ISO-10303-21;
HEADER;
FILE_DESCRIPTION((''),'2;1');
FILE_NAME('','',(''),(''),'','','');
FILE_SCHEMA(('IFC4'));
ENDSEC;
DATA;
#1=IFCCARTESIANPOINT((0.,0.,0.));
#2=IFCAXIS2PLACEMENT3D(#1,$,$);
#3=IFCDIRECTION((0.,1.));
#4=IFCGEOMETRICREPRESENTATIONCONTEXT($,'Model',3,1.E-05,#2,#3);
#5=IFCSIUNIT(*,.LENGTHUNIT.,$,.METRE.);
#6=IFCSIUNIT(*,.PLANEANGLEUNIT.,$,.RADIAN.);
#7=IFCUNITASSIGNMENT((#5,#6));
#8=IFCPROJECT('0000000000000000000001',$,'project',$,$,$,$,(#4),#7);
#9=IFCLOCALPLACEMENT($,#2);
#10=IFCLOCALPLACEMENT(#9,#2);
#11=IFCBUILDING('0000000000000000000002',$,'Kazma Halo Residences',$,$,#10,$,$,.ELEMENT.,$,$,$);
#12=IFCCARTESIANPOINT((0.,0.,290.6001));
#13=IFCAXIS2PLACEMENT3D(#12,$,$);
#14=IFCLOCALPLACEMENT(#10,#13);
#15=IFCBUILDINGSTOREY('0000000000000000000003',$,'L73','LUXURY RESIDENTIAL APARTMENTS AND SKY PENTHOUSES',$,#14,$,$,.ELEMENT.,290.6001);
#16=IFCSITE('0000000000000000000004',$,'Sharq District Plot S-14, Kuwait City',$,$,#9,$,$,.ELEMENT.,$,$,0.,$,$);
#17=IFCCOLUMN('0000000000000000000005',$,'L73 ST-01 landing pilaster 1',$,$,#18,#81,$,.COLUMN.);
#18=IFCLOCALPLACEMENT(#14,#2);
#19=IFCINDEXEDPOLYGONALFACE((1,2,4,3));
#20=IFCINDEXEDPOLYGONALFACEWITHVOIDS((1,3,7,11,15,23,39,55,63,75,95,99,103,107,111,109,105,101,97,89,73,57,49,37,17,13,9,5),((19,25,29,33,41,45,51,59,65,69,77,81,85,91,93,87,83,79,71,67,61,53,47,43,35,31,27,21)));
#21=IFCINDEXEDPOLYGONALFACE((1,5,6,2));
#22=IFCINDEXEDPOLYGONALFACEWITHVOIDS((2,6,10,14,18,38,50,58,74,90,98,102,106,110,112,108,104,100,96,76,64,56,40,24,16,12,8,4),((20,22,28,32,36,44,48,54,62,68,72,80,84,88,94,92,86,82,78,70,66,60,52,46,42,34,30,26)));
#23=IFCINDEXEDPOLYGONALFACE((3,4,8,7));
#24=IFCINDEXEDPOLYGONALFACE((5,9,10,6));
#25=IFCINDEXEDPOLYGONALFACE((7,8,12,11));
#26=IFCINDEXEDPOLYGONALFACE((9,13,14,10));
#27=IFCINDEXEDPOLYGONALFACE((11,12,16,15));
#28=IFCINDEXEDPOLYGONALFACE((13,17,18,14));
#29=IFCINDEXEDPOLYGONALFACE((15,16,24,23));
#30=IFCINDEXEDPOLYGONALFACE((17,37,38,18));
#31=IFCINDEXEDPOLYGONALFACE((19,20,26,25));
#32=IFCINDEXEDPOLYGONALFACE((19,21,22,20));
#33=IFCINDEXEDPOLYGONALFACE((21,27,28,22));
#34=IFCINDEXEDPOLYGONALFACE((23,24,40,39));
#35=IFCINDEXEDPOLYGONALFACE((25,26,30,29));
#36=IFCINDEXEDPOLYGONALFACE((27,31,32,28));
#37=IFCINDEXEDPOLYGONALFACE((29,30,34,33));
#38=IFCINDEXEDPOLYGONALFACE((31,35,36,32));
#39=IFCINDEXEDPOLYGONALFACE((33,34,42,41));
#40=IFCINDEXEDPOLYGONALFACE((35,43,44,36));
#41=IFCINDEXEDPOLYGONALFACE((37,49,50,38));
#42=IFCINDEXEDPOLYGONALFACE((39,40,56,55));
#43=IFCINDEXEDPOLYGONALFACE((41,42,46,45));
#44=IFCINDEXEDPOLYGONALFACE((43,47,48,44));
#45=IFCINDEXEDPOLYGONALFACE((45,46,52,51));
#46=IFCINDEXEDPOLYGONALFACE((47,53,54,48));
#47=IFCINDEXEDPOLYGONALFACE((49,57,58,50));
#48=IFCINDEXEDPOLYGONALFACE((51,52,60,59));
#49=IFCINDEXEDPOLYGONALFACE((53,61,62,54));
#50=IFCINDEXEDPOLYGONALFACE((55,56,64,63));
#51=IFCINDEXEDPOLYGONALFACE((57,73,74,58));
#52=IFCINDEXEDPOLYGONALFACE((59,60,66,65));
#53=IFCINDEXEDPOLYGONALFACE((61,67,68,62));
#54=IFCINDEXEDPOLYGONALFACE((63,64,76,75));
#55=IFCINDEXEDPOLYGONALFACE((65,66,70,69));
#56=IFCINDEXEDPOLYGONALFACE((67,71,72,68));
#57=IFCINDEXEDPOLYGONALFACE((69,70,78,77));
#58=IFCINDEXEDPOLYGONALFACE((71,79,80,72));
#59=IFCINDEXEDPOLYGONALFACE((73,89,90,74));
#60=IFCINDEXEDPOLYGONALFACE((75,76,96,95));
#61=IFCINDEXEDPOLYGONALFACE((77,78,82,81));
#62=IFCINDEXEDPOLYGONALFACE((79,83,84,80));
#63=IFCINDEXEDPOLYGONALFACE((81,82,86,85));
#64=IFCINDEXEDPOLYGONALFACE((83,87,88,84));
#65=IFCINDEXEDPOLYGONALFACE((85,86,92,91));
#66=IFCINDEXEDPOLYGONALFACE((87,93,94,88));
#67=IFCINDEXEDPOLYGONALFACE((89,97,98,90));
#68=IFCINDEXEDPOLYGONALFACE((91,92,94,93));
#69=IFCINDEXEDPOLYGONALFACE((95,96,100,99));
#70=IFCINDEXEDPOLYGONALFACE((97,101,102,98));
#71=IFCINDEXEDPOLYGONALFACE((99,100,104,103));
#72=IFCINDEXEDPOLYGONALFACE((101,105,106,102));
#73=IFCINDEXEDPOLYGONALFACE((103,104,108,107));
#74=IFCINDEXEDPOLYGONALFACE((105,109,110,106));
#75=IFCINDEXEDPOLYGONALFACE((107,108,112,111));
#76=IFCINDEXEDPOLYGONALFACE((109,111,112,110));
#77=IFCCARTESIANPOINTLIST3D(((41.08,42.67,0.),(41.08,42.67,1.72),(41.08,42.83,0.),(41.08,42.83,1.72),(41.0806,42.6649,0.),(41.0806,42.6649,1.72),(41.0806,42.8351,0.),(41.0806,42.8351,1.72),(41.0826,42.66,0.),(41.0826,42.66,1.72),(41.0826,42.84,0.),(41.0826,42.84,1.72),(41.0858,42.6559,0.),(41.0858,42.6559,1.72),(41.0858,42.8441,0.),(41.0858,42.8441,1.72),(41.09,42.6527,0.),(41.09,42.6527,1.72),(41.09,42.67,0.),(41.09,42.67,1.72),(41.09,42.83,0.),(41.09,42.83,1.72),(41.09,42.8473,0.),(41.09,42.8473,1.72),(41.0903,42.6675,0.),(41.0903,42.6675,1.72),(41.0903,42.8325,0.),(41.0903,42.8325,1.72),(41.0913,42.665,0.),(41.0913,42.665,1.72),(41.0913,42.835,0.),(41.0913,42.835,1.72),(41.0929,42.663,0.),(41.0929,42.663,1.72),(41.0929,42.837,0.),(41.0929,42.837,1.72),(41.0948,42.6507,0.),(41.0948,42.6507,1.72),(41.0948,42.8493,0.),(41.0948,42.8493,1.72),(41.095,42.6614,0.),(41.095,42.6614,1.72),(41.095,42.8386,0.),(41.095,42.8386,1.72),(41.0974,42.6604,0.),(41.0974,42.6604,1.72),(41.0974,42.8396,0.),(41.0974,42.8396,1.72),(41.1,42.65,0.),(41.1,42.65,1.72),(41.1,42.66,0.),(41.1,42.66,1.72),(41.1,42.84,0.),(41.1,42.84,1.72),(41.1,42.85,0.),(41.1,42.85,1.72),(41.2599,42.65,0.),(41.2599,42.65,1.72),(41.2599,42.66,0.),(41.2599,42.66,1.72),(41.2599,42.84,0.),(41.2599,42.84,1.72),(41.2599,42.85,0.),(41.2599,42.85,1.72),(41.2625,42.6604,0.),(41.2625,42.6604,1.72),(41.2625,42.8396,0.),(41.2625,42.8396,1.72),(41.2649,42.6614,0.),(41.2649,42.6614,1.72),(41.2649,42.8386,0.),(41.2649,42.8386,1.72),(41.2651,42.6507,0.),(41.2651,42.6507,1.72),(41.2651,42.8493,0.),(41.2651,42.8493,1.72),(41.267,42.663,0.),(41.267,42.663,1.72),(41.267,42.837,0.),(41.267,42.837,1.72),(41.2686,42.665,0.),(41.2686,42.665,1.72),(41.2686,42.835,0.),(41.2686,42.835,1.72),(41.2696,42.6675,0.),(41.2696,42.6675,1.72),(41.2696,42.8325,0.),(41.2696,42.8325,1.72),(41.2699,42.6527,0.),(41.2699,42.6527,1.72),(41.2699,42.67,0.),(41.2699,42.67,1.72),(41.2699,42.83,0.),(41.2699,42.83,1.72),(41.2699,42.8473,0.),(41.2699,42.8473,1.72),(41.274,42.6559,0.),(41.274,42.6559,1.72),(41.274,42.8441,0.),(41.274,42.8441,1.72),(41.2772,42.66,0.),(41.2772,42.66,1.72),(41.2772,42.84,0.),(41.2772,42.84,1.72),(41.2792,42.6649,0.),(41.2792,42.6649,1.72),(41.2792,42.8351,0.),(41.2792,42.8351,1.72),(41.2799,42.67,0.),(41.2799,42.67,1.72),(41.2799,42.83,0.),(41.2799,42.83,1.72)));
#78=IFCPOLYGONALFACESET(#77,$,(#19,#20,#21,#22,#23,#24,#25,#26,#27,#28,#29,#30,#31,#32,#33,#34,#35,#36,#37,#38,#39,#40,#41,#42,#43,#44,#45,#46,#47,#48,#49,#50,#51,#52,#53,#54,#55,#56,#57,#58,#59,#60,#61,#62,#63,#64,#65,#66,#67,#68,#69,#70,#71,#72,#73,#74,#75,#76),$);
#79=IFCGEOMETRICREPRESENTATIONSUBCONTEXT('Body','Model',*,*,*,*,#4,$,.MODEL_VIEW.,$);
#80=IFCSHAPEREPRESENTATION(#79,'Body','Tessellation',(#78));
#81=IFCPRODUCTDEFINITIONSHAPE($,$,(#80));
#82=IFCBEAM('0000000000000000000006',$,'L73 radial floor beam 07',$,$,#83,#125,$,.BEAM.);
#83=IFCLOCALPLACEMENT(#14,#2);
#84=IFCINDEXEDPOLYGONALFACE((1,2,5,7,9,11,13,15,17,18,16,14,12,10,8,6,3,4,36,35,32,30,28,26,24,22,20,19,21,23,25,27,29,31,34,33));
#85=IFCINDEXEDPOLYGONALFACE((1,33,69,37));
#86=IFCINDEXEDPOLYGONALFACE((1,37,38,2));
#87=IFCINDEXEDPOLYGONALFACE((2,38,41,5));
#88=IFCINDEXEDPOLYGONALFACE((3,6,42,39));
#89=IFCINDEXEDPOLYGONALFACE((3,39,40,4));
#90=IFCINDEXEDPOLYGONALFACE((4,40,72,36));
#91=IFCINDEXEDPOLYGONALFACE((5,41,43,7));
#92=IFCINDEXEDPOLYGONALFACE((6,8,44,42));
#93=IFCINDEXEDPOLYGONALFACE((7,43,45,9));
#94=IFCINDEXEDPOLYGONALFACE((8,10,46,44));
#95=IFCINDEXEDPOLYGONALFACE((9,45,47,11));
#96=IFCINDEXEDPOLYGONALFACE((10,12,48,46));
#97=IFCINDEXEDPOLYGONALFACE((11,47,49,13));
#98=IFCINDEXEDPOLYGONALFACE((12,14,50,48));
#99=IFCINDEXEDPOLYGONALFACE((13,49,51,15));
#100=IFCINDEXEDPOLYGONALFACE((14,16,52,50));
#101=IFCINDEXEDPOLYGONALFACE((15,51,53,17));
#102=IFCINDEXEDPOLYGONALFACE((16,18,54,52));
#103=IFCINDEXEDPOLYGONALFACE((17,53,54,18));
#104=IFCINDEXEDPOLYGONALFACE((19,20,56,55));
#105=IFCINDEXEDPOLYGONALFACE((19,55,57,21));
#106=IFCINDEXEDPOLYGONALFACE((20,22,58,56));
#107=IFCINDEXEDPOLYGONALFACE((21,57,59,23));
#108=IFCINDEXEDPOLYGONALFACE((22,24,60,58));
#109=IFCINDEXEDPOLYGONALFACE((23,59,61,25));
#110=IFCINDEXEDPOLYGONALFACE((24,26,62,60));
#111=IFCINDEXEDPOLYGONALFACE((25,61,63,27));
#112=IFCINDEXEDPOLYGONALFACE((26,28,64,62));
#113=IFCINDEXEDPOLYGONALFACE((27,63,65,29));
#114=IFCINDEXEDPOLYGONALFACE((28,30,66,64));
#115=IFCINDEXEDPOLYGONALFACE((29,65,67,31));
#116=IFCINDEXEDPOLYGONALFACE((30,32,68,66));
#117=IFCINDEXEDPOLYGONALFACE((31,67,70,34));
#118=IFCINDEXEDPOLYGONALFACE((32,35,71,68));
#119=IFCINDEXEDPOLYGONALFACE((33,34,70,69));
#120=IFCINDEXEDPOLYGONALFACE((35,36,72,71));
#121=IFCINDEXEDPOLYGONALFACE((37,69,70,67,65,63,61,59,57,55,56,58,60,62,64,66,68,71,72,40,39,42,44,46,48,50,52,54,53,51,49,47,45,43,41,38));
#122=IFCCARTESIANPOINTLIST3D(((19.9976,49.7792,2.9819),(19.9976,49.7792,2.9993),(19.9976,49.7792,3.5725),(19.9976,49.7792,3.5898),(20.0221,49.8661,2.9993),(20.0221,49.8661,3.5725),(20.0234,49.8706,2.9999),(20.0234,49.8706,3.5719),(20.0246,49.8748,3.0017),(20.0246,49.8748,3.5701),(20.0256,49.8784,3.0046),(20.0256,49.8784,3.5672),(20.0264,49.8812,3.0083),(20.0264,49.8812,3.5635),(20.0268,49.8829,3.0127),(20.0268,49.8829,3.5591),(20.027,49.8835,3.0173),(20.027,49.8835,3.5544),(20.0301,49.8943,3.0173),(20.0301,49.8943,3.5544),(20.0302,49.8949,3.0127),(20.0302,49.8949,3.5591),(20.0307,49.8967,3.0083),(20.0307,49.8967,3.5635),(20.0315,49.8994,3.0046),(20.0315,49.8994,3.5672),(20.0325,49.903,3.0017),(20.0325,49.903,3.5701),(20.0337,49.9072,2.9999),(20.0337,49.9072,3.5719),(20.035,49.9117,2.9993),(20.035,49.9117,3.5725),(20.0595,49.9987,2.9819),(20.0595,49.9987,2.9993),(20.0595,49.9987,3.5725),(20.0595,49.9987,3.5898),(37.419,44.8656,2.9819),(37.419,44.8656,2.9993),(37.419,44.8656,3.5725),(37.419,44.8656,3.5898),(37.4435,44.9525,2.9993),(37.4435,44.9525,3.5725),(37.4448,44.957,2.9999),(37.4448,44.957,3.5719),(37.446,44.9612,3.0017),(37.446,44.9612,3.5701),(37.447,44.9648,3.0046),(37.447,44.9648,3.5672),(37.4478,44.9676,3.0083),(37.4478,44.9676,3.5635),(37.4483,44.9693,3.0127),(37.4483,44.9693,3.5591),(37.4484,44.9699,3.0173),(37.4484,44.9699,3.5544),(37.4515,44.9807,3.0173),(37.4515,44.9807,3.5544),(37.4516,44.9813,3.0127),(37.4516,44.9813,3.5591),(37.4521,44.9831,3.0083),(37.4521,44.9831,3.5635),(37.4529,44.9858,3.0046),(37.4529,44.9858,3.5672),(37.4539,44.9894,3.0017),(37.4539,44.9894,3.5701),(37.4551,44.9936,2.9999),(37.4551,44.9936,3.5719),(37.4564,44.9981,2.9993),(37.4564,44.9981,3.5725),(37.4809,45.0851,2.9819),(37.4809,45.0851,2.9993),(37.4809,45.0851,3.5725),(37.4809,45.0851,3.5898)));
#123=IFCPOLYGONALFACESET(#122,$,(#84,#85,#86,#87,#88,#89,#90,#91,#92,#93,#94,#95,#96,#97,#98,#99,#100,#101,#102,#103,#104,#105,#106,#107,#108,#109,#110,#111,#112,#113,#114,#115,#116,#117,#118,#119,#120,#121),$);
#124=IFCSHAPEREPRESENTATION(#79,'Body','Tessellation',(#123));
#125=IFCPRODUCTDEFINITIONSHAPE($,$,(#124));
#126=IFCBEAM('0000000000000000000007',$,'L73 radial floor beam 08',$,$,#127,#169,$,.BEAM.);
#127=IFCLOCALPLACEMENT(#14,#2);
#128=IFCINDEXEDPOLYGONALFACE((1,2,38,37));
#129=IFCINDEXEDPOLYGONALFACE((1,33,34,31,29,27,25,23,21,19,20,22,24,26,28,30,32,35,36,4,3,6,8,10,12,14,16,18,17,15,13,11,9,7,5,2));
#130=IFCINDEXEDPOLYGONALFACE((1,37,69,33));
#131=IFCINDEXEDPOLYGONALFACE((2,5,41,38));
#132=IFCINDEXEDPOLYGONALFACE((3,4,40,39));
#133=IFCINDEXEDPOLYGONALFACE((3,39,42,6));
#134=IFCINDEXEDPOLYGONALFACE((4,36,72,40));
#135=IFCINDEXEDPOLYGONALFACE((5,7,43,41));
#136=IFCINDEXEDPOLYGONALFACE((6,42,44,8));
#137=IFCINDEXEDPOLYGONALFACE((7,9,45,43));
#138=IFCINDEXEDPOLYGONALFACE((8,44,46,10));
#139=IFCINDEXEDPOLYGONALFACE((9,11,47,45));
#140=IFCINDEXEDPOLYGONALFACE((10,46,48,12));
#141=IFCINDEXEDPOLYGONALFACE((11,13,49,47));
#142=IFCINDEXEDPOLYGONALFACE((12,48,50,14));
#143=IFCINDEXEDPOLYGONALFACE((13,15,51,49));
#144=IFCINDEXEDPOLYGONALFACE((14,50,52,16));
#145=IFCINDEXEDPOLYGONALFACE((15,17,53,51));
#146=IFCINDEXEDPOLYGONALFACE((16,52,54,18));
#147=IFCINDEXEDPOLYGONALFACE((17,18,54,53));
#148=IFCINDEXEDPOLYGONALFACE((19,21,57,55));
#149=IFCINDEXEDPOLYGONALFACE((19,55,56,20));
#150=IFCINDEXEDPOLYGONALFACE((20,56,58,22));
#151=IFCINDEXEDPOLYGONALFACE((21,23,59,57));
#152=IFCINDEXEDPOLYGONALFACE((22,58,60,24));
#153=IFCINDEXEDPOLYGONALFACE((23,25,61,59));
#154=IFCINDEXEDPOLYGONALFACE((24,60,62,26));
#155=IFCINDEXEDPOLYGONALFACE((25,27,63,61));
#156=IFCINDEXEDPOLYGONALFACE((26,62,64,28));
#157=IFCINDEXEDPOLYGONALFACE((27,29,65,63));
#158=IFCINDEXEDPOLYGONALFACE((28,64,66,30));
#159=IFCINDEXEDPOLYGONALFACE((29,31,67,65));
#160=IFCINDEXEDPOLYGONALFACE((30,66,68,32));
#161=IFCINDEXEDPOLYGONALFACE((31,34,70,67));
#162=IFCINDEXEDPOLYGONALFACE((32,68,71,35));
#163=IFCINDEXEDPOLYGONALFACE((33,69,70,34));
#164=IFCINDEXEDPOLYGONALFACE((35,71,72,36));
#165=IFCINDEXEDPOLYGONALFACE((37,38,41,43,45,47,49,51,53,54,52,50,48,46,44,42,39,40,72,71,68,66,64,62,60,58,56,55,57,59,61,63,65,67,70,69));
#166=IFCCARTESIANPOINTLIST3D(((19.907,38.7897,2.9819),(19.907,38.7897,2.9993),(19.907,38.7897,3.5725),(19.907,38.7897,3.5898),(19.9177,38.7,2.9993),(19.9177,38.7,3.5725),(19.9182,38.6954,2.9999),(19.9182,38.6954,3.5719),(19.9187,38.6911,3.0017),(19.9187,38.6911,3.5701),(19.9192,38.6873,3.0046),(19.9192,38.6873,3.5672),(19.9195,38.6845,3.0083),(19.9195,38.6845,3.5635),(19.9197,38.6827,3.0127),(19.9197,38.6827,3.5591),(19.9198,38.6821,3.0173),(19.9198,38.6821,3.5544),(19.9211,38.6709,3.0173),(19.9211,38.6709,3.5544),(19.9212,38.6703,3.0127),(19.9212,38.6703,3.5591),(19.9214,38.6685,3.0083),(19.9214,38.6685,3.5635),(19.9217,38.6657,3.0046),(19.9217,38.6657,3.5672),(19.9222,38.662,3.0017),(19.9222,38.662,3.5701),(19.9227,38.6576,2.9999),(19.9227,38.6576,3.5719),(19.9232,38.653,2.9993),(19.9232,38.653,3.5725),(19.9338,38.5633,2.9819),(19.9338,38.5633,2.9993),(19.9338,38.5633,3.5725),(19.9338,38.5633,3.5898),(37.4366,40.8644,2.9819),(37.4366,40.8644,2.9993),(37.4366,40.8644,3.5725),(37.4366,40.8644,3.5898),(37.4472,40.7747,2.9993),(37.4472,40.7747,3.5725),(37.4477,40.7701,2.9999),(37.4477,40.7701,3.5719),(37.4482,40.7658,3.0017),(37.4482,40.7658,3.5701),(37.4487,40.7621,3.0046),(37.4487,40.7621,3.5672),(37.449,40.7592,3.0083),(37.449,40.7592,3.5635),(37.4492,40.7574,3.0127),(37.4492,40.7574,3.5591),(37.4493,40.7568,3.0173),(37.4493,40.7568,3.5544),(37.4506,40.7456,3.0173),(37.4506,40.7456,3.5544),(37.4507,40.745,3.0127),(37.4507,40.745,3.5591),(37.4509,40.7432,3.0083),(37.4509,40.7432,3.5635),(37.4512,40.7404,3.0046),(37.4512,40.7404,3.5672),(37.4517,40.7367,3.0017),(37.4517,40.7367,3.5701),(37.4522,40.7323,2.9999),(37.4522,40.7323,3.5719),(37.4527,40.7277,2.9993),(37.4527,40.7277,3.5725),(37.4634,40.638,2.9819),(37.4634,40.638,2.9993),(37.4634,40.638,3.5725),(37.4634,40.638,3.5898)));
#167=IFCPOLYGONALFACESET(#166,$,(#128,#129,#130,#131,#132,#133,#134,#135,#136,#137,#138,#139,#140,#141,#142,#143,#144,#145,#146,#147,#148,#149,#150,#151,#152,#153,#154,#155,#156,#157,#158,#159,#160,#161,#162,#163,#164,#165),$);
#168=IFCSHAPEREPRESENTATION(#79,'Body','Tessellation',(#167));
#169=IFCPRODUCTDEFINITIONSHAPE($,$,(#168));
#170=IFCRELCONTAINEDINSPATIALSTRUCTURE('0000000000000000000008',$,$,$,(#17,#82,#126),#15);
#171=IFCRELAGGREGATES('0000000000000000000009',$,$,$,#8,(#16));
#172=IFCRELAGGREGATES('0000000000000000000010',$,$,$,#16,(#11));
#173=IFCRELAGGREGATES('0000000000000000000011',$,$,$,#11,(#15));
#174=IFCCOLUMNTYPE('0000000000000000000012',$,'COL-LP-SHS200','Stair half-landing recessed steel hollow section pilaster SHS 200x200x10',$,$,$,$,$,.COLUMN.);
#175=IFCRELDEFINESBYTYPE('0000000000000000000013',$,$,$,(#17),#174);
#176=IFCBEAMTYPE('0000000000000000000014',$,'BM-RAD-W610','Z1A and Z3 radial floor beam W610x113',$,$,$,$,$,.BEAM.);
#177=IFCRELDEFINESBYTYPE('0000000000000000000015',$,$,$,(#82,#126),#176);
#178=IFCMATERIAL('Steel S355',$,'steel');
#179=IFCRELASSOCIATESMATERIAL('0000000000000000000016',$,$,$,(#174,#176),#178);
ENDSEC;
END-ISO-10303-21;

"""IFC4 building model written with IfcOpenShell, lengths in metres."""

from ifc_helpers import new_model, si_unit, direction, frame, origin, origin_2d, place, context, subcontext, project, spatial, hollow_rectangle, i_section, extrude, material, material_profile, profile_set, type_object, element, save


model = new_model("IFC4")

# Units and contexts
model_context = context("Model", 3, precision=1e-05, world=origin(), true_north=direction((0.0, 1.0)))
body_context = subcontext(model_context, "Body", "Model", "MODEL_VIEW")
ifc_project = project(units=[si_unit("LENGTHUNIT", "METRE"), si_unit("PLANEANGLEUNIT", "RADIAN")], contexts=[model_context])

# Site, building, storey
site_placement = place(None, origin())
site = spatial("IfcSite", under=ifc_project, at=site_placement, Name="Sharq District Plot S-14, Kuwait City", CompositionType="ELEMENT", RefElevation=0.0)
building_placement = place(site_placement, origin())
building = spatial("IfcBuilding", under=site, at=building_placement, Name="Kazma Halo Residences", CompositionType="ELEMENT")
storey_placement = place(building_placement, frame((0.0, 0.0, 290.6001)))
storey = spatial("IfcBuildingStorey", under=building, at=storey_placement, Name="L73", Description="LUXURY RESIDENTIAL APARTMENTS AND SKY PENTHOUSES", CompositionType="ELEMENT", Elevation=290.6001)

# Column
ifc_material_1 = material(Name="Steel S355", Category="steel")
ifc_material_profile_1 = material_profile(ifc_material_1, hollow_rectangle(XDim=0.2, YDim=0.2, WallThickness=0.01, InnerFilletRadius=0.01, OuterFilletRadius=0.02, at=origin_2d()), Name="SHS200x200x10")
ifc_profile_set_1 = profile_set([ifc_material_profile_1], Name="Steel S355")
column_type = type_object("IfcColumnType", Name="COL-LP-SHS200", Description="Stair half-landing recessed steel hollow section pilaster SHS 200x200x10", PredefinedType="COLUMN", material=ifc_profile_set_1)
column_placement = place(storey_placement, frame((41.1799, 42.75, 0.0), z_axis=(0.0, 0.0, 1.0), x_axis=(1.0, 0.0, 0.0)))
element("IfcColumn", 1, at=column_placement, inside=storey, type_object=column_type, Name="L73 ST-01 landing pilaster 1", PredefinedType="COLUMN", context=body_context, shape_type="SweptSolid", body=[
    extrude(hollow_rectangle(XDim=0.2, YDim=0.2, WallThickness=0.01, InnerFilletRadius=0.01, OuterFilletRadius=0.02, at=origin_2d()), origin(), (0.0, 0.0, 1.0), 1.72),
])

# Beams
ifc_material_profile_2 = material_profile(ifc_material_1, i_section(OverallWidth=0.228, OverallDepth=0.6079, WebThickness=0.0112, FlangeThickness=0.0173, FilletRadius=0.0181, at=origin_2d()), Name="W610x113")
ifc_profile_set_2 = profile_set([ifc_material_profile_2], Name="Steel S355")
beam_type_1 = type_object("IfcBeamType", Name="BM-RAD-W610", Description="Z1A and Z3 radial floor beam W610x113", PredefinedType="BEAM", material=ifc_profile_set_2)
beam_1_placement = place(storey_placement, frame((37.45, 44.9753, 3.2859), z_axis=(-0.962452, 0.271452, 0.0), x_axis=(-0.271452, -0.962452, 0.0)))
element("IfcBeam", 2, at=beam_1_placement, inside=storey, type_object=beam_type_1, Name="L73 radial floor beam 07", PredefinedType="BEAM", context=body_context, shape_type="SweptSolid", body=[
    extrude(i_section(OverallWidth=0.228, OverallDepth=0.6079, WebThickness=0.0112, FlangeThickness=0.0173, FilletRadius=0.0181, at=origin_2d()), origin(), (0.0, 0.0, 1.0), 18.1011),
])
beam_2_placement = place(storey_placement, frame((37.45, 40.7512, 3.2859), z_axis=(-0.993069, -0.117535, 0.0), x_axis=(0.117535, -0.993069, 0.0)))
element("IfcBeam", 3, at=beam_2_placement, inside=storey, type_object=beam_type_1, Name="L73 radial floor beam 08", PredefinedType="BEAM", context=body_context, shape_type="SweptSolid", body=[
    extrude(i_section(OverallWidth=0.228, OverallDepth=0.6079, WebThickness=0.0112, FlangeThickness=0.0173, FilletRadius=0.0181, at=origin_2d()), origin(), (0.0, 0.0, 1.0), 17.6519),
])

save(model, "model.ifc")
